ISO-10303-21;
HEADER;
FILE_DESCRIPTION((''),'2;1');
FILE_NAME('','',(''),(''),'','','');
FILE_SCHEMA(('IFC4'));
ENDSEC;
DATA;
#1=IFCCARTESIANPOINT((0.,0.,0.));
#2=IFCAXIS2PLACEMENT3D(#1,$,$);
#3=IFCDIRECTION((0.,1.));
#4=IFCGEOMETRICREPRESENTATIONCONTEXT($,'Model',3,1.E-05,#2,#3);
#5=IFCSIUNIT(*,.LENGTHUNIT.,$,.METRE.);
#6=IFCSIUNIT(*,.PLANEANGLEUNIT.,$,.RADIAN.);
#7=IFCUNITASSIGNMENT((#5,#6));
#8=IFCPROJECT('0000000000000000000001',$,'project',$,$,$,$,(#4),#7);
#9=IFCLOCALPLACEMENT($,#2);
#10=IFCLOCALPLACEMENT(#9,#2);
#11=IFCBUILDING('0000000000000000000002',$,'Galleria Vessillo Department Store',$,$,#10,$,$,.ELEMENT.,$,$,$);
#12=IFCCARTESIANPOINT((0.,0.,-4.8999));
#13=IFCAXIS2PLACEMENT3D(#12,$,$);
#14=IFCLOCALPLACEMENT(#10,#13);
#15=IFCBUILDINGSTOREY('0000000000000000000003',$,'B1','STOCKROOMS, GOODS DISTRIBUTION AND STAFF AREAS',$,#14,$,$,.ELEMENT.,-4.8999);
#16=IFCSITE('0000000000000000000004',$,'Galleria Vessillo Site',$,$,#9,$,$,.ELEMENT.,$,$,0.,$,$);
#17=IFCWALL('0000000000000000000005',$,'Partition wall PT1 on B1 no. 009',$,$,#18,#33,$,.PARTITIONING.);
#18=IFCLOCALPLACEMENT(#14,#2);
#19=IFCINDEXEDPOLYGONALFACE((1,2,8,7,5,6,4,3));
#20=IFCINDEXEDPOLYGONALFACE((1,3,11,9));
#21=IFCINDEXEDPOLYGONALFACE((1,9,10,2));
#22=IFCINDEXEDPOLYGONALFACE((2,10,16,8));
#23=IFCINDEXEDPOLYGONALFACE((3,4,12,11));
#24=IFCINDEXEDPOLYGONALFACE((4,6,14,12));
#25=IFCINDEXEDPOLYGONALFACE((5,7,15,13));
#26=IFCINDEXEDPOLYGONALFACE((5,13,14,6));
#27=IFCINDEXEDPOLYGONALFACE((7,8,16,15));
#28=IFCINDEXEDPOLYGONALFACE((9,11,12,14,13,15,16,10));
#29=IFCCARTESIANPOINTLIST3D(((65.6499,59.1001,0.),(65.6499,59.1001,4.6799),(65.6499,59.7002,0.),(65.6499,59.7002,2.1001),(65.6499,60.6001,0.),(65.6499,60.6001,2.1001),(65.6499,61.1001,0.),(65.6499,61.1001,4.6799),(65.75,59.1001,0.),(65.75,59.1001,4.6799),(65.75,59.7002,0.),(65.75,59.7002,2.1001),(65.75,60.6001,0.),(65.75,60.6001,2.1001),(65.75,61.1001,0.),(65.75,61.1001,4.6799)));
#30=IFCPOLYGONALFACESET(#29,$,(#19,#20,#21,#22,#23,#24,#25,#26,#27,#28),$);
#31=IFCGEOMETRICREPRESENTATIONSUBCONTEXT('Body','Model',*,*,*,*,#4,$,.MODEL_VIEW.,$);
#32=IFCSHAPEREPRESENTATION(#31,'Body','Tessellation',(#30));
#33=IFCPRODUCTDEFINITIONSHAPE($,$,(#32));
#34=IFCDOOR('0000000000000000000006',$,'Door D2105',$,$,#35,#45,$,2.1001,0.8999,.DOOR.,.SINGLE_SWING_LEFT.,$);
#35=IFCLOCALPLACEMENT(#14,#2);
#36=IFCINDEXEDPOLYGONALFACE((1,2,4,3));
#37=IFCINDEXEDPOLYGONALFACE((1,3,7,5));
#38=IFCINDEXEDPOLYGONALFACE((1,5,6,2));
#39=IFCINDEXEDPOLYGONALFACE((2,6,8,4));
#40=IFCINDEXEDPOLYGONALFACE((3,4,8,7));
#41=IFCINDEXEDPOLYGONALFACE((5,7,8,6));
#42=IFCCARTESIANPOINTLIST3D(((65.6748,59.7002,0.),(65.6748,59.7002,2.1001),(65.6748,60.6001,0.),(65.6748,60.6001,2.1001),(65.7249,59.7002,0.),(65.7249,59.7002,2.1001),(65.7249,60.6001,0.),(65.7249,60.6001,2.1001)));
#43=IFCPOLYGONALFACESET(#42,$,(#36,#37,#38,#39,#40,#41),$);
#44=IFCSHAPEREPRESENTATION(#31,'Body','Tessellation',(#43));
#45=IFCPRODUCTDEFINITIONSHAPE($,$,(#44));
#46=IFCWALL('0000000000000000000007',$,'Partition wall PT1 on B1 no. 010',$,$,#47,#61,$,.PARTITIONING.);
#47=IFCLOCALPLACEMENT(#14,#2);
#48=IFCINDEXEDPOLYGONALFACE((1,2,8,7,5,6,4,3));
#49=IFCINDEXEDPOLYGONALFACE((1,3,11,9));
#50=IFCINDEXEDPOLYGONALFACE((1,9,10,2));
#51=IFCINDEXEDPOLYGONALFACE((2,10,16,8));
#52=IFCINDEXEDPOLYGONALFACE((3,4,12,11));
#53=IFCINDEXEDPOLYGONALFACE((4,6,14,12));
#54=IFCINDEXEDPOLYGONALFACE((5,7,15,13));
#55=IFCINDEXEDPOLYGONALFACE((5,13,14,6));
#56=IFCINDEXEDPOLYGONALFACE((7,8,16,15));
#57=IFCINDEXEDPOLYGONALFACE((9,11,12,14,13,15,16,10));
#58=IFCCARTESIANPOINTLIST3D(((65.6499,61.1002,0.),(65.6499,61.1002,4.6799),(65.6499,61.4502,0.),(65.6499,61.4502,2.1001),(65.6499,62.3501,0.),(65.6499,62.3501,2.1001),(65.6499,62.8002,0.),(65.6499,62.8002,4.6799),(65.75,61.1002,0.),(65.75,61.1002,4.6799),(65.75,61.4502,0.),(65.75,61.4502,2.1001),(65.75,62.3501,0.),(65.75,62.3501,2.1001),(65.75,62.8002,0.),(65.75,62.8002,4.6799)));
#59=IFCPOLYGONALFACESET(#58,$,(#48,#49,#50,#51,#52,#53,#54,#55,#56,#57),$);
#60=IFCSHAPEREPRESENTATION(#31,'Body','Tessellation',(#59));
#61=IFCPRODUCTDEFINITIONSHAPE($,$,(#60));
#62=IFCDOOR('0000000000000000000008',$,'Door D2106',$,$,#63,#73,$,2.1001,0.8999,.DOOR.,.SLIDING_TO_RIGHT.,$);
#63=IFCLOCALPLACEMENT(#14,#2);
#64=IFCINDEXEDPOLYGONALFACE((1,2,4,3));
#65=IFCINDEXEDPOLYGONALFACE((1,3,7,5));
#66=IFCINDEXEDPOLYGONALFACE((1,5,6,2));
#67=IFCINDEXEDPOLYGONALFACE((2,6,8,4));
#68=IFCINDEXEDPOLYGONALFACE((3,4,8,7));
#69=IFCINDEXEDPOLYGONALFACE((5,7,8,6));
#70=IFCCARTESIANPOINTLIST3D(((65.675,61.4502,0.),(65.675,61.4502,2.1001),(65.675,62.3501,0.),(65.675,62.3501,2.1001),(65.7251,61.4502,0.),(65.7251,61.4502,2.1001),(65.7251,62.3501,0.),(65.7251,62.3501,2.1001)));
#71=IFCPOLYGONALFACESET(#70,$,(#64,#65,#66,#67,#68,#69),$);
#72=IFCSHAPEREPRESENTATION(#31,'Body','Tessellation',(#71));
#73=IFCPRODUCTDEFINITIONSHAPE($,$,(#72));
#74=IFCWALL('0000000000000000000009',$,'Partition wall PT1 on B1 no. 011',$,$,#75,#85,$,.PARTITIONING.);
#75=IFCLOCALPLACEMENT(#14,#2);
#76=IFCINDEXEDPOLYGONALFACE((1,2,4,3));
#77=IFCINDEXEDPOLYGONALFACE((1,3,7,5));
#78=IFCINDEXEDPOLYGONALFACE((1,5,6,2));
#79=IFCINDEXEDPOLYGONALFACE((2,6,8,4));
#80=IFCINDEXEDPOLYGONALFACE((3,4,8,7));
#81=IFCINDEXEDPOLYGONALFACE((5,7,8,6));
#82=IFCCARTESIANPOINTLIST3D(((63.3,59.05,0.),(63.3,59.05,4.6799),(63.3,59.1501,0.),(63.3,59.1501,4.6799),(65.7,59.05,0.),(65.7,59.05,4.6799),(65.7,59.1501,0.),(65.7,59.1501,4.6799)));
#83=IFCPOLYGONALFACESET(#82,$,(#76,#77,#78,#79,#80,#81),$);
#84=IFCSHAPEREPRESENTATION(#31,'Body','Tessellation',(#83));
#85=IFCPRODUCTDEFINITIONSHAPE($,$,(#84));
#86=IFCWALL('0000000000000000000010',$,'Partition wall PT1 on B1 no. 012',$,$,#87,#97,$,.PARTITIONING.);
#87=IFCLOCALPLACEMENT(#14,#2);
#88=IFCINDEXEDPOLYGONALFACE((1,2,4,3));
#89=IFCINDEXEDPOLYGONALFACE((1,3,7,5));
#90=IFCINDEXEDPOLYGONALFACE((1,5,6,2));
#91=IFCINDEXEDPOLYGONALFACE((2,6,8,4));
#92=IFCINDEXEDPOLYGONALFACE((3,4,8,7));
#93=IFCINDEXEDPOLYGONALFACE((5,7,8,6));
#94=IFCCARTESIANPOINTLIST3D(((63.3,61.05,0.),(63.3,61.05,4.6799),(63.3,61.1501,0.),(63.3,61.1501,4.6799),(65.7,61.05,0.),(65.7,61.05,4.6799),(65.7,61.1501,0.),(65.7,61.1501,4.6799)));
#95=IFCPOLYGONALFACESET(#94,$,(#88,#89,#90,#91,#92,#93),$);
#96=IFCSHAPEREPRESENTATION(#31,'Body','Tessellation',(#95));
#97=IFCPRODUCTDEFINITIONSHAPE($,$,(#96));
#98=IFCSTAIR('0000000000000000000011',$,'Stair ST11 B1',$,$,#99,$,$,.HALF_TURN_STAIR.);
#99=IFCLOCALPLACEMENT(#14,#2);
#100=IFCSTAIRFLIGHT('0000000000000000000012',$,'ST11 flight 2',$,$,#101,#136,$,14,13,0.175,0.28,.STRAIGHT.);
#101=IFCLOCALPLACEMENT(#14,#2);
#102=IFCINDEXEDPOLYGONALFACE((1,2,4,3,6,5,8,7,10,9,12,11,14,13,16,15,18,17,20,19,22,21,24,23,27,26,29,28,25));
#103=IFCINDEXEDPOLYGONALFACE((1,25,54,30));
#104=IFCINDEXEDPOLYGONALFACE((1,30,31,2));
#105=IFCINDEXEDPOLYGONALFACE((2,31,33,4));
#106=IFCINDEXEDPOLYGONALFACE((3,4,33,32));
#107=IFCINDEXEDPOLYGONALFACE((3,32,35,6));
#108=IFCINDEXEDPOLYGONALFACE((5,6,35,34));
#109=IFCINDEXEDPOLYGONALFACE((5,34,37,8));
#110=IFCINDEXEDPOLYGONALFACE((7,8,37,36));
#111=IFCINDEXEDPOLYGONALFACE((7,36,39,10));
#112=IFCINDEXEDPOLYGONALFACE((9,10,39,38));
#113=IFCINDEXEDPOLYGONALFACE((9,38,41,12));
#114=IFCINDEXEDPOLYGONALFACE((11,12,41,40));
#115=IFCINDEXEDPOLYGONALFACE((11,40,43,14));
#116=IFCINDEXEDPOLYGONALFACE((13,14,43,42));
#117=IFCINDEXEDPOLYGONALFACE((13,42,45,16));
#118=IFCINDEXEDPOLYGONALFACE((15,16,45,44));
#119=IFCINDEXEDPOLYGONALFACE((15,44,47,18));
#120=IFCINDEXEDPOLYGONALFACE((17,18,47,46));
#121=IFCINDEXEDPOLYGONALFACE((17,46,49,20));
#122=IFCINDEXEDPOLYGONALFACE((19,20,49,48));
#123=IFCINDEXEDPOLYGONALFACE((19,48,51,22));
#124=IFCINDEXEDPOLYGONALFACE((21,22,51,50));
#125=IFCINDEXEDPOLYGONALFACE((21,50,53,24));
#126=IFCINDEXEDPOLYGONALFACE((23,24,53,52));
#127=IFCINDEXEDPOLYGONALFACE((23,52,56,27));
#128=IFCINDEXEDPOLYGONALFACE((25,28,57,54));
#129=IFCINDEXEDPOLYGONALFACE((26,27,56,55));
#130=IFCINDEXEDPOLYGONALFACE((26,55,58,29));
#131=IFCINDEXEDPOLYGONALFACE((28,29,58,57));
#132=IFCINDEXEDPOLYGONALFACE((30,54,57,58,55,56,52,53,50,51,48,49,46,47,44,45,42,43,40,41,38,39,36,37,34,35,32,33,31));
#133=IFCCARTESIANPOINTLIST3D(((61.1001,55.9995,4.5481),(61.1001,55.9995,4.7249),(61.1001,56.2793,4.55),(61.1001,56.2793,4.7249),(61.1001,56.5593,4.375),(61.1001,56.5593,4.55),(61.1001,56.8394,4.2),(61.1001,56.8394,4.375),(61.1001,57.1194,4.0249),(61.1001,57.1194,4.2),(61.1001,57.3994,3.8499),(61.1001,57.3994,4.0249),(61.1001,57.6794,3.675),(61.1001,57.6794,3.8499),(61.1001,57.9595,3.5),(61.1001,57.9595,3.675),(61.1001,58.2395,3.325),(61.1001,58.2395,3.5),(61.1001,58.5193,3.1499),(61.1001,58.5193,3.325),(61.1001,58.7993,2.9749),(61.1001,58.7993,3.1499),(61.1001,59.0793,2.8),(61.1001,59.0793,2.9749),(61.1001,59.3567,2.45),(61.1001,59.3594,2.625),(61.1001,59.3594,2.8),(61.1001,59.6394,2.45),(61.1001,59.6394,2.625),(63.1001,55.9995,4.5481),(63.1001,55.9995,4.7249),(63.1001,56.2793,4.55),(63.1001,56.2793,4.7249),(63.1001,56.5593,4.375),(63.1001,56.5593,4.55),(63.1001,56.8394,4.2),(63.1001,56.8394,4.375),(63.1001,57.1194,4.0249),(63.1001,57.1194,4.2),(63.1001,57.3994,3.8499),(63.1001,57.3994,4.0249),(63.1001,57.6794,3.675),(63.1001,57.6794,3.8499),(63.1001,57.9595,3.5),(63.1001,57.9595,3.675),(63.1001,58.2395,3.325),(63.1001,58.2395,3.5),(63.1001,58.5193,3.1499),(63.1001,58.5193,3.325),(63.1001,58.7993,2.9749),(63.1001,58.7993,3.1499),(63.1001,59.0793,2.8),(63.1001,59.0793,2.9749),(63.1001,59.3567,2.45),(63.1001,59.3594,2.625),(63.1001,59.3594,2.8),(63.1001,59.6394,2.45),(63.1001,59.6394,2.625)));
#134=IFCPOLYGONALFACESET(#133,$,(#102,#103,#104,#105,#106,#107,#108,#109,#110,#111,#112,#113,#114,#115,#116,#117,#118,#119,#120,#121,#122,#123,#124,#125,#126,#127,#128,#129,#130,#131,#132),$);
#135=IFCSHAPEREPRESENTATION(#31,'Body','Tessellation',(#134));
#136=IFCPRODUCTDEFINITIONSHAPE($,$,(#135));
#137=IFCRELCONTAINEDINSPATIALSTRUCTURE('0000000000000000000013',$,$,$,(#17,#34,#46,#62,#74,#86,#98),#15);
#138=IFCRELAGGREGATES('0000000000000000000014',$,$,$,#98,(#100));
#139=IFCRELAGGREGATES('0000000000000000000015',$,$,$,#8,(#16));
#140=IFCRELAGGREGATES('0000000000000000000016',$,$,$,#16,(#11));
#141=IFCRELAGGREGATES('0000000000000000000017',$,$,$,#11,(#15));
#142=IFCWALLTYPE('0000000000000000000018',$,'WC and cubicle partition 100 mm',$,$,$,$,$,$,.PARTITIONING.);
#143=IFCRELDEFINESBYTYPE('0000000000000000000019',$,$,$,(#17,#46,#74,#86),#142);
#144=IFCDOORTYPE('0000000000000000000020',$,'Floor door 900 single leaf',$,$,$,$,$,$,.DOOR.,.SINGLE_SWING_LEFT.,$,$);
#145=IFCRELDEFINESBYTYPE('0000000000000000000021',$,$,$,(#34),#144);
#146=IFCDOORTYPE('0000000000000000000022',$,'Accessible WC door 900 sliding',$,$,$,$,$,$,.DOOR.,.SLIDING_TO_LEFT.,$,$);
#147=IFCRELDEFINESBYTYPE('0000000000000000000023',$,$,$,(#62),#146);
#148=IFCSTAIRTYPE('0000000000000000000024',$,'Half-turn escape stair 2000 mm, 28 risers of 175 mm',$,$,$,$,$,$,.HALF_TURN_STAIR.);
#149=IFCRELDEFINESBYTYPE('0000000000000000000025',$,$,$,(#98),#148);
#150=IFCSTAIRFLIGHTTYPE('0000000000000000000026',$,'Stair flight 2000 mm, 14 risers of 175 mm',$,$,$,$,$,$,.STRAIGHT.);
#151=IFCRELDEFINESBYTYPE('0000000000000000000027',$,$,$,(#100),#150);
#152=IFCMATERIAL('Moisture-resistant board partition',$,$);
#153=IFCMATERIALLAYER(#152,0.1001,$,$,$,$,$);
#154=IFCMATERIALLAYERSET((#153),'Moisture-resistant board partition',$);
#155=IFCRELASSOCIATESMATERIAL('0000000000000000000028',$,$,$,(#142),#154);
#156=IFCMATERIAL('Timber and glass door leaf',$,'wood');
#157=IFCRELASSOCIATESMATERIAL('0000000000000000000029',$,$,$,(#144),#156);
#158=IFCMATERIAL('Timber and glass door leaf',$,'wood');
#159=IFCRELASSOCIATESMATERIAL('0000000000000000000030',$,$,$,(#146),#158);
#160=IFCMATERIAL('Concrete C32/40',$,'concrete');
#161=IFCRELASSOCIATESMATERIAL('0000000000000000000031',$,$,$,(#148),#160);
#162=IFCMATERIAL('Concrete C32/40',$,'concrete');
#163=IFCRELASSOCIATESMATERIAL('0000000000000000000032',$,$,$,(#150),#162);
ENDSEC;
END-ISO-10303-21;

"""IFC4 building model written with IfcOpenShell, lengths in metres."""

from ifc_helpers import new_model, si_unit, direction, frame, frame_2d, origin, place, context, subcontext, project, spatial, polyline, rectangle, outline, extrude, material, layer, layer_set, type_object, element, fill, aggregate, save


model = new_model("IFC4")

# Units and contexts
model_context = context("Model", 3, precision=1e-05, world=origin(), true_north=direction((0.0, 1.0)))
body_context = subcontext(model_context, "Body", "Model", "MODEL_VIEW")
ifc_project = project(units=[si_unit("LENGTHUNIT", "METRE"), si_unit("PLANEANGLEUNIT", "RADIAN")], contexts=[model_context])

# Site, building, storey
site_placement = place(None, origin())
site = spatial("IfcSite", under=ifc_project, at=site_placement, Name="Galleria Vessillo Site", CompositionType="ELEMENT", RefElevation=0.0)
building_placement = place(site_placement, origin())
building = spatial("IfcBuilding", under=site, at=building_placement, Name="Galleria Vessillo Department Store", CompositionType="ELEMENT")
storey_placement = place(building_placement, frame((0.0, 0.0, -4.8999)))
storey = spatial("IfcBuildingStorey", under=building, at=storey_placement, Name="B1", Description="STOCKROOMS, GOODS DISTRIBUTION AND STAFF AREAS", CompositionType="ELEMENT", Elevation=-4.8999)

# Shared definitions
ifc_material_1 = material(Name="Moisture-resistant board partition")
ifc_layer_1 = layer(ifc_material_1, 0.1001)
ifc_layer_set_1 = layer_set([ifc_layer_1], Name="Moisture-resistant board partition")
wall_type_1 = type_object("IfcWallType", Name="WC and cubicle partition 100 mm", PredefinedType="PARTITIONING", material=ifc_layer_set_1)
ifc_material_2 = material(Name="Timber and glass door leaf", Category="wood")
door_type_1 = type_object("IfcDoorType", Name="Floor door 900 single leaf", OperationType="SINGLE_SWING_LEFT", PredefinedType="DOOR", material=ifc_material_2)

# Walls, openings, doors
wall_1_placement = place(storey_placement, frame((65.7, 59.1001, 0.0), z_axis=(0.0, 0.0, 1.0), x_axis=(0.0, 1.0, 0.0)))
wall_1 = element("IfcWall", 1, at=wall_1_placement, inside=storey, type_object=wall_type_1, Name="Partition wall PT1 on B1 no. 009", PredefinedType="PARTITIONING", context=body_context, shape_type="SweptSolid", body=[
    extrude(rectangle(XDim=2.0, YDim=0.1001, at=frame_2d((1.0, 0.0))), origin(), (0.0, 0.0, 1.0), 4.6799),
])
opening_1_placement = place(wall_1_placement, frame((0.6001, 0.0, 0.0)))
opening_1 = element("IfcOpeningElement", 2, at=opening_1_placement, cuts=wall_1, PredefinedType="OPENING", context=body_context, shape_type="SweptSolid", body=[
    extrude(rectangle(XDim=0.8999, YDim=2.1001, at=frame_2d((0.45, 1.05))), frame((0.0, 0.0601, 0.0), z_axis=(0.0, -1.0, 0.0), x_axis=(1.0, 0.0, 0.0)), (0.0, 0.0, 1.0), 0.1201),
])
door_1_placement = place(opening_1_placement, frame((0.8999, 0.0, 0.0), z_axis=(0.0, 0.0, 1.0), x_axis=(-1.0, 0.0, 0.0)))
door_1 = element("IfcDoor", 3, at=door_1_placement, inside=storey, type_object=door_type_1, Name="Door D2105", OperationType="SINGLE_SWING_LEFT", OverallHeight=2.1001, OverallWidth=0.8999, PredefinedType="DOOR", context=body_context, shape_type="SweptSolid", body=[
    extrude(rectangle(XDim=0.8999, YDim=2.1001, at=frame_2d((0.45, 1.05))), frame((0.0, 0.0249, 0.0), z_axis=(0.0, -1.0, 0.0), x_axis=(1.0, 0.0, 0.0)), (0.0, 0.0, 1.0), 0.05),
])
fill(opening_1, door_1)
wall_2_placement = place(storey_placement, frame((65.7, 61.1001, 0.0), z_axis=(0.0, 0.0, 1.0), x_axis=(0.0, 1.0, 0.0)))
wall_2 = element("IfcWall", 4, at=wall_2_placement, inside=storey, type_object=wall_type_1, Name="Partition wall PT1 on B1 no. 010", PredefinedType="PARTITIONING", context=body_context, shape_type="SweptSolid", body=[
    extrude(rectangle(XDim=1.7, YDim=0.1001, at=frame_2d((0.8501, 0.0))), origin(), (0.0, 0.0, 1.0), 4.6799),
])
opening_2_placement = place(wall_2_placement, frame((0.3501, 0.0, 0.0)))
opening_2 = element("IfcOpeningElement", 5, at=opening_2_placement, cuts=wall_2, PredefinedType="OPENING", context=body_context, shape_type="SweptSolid", body=[
    extrude(rectangle(XDim=0.8999, YDim=2.1001, at=frame_2d((0.45, 1.05))), frame((0.0, 0.0601, 0.0), z_axis=(0.0, -1.0, 0.0), x_axis=(1.0, 0.0, 0.0)), (0.0, 0.0, 1.0), 0.1201),
])
ifc_material_3 = material(Name="Timber and glass door leaf", Category="wood")
door_type_2 = type_object("IfcDoorType", Name="Accessible WC door 900 sliding", OperationType="SLIDING_TO_LEFT", PredefinedType="DOOR", material=ifc_material_3)
door_2_placement = place(opening_2_placement, origin())
door_2 = element("IfcDoor", 6, at=door_2_placement, inside=storey, type_object=door_type_2, Name="Door D2106", OperationType="SLIDING_TO_RIGHT", OverallHeight=2.1001, OverallWidth=0.8999, PredefinedType="DOOR", context=body_context, shape_type="SweptSolid", body=[
    extrude(rectangle(XDim=0.8999, YDim=2.1001, at=frame_2d((0.45, 1.05))), frame((0.0, 0.0249, 0.0), z_axis=(0.0, -1.0, 0.0), x_axis=(1.0, 0.0, 0.0)), (0.0, 0.0, 1.0), 0.05),
])
fill(opening_2, door_2)

# Walls
for number, where, z_axis, x_axis, name in (
    (7, (63.3, 59.1001, 0.0), (0.0, 0.0, 1.0), (1.0, 0.0, 0.0), "Partition wall PT1 on B1 no. 011"),
    (8, (63.3, 61.1001, 0.0), (0.0, 0.0, 1.0), (1.0, 0.0, 0.0), "Partition wall PT1 on B1 no. 012"),
):
    element("IfcWall", number, at=place(storey_placement, frame(where, z_axis=z_axis, x_axis=x_axis)), inside=storey, type_object=wall_type_1, Name=name, PredefinedType="PARTITIONING", context=body_context, shape_type="SweptSolid", body=[
        extrude(rectangle(XDim=2.3999, YDim=0.1001, at=frame_2d((1.2, 0.0))), origin(), (0.0, 0.0, 1.0), 4.6799),
    ])

# Stair, stair flight
ifc_material_4 = material(Name="Concrete C32/40", Category="concrete")
stair_type = type_object("IfcStairType", Name="Half-turn escape stair 2000 mm, 28 risers of 175 mm", PredefinedType="HALF_TURN_STAIR", material=ifc_material_4)
stair_placement = place(storey_placement, origin())
stair = element("IfcStair", 9, at=stair_placement, inside=storey, type_object=stair_type, Name="Stair ST11 B1", PredefinedType="HALF_TURN_STAIR")
ifc_material_5 = material(Name="Concrete C32/40", Category="concrete")
stair_flight_type = type_object("IfcStairFlightType", Name="Stair flight 2000 mm, 14 risers of 175 mm", PredefinedType="STRAIGHT", material=ifc_material_5)
stair_flight_placement = place(storey_placement, frame((62.1001, 59.6394, 2.45), z_axis=(0.0, 0.0, 1.0), x_axis=(0.0, -1.0, 0.0)))
stair_flight = element("IfcStairFlight", 10, at=stair_flight_placement, type_object=stair_flight_type, Name="ST11 flight 2", NumberOfRisers=14, NumberOfTreads=13, PredefinedType="STRAIGHT", RiserHeight=0.175, TreadLength=0.28, context=body_context, shape_type="SweptSolid", body=[
    extrude(outline(polyline([(0.0, 0.0), (0.0, 0.175), (0.28, 0.175), (0.28, 0.3501), (0.5601, 0.3501), (0.5601, 0.5249), (0.8401, 0.5249), (0.8401, 0.7), (1.1201, 0.7), (1.1201, 0.875), (1.3999, 0.875), (1.3999, 1.05), (1.6799, 1.05), (1.6799, 1.2251), (1.96, 1.2251), (1.96, 1.3999), (2.24, 1.3999), (2.24, 1.575), (2.52, 1.575), (2.52, 1.75), (2.8, 1.75), (2.8, 1.925), (3.0801, 1.925), (3.0801, 2.1001), (3.3601, 2.1001), (3.3601, 2.2749), (3.6399, 2.2749), (3.6399, 2.45), (3.6399, 2.0981), (0.2827, 0.0), (0.0, 0.0)])), frame((0.0, 1.0, 0.0), z_axis=(0.0, -1.0, 0.0), x_axis=(1.0, 0.0, 0.0)), (0.0, 0.0, 1.0), 2.0),
])
aggregate(stair, [stair_flight])

save(model, "model.ifc")
